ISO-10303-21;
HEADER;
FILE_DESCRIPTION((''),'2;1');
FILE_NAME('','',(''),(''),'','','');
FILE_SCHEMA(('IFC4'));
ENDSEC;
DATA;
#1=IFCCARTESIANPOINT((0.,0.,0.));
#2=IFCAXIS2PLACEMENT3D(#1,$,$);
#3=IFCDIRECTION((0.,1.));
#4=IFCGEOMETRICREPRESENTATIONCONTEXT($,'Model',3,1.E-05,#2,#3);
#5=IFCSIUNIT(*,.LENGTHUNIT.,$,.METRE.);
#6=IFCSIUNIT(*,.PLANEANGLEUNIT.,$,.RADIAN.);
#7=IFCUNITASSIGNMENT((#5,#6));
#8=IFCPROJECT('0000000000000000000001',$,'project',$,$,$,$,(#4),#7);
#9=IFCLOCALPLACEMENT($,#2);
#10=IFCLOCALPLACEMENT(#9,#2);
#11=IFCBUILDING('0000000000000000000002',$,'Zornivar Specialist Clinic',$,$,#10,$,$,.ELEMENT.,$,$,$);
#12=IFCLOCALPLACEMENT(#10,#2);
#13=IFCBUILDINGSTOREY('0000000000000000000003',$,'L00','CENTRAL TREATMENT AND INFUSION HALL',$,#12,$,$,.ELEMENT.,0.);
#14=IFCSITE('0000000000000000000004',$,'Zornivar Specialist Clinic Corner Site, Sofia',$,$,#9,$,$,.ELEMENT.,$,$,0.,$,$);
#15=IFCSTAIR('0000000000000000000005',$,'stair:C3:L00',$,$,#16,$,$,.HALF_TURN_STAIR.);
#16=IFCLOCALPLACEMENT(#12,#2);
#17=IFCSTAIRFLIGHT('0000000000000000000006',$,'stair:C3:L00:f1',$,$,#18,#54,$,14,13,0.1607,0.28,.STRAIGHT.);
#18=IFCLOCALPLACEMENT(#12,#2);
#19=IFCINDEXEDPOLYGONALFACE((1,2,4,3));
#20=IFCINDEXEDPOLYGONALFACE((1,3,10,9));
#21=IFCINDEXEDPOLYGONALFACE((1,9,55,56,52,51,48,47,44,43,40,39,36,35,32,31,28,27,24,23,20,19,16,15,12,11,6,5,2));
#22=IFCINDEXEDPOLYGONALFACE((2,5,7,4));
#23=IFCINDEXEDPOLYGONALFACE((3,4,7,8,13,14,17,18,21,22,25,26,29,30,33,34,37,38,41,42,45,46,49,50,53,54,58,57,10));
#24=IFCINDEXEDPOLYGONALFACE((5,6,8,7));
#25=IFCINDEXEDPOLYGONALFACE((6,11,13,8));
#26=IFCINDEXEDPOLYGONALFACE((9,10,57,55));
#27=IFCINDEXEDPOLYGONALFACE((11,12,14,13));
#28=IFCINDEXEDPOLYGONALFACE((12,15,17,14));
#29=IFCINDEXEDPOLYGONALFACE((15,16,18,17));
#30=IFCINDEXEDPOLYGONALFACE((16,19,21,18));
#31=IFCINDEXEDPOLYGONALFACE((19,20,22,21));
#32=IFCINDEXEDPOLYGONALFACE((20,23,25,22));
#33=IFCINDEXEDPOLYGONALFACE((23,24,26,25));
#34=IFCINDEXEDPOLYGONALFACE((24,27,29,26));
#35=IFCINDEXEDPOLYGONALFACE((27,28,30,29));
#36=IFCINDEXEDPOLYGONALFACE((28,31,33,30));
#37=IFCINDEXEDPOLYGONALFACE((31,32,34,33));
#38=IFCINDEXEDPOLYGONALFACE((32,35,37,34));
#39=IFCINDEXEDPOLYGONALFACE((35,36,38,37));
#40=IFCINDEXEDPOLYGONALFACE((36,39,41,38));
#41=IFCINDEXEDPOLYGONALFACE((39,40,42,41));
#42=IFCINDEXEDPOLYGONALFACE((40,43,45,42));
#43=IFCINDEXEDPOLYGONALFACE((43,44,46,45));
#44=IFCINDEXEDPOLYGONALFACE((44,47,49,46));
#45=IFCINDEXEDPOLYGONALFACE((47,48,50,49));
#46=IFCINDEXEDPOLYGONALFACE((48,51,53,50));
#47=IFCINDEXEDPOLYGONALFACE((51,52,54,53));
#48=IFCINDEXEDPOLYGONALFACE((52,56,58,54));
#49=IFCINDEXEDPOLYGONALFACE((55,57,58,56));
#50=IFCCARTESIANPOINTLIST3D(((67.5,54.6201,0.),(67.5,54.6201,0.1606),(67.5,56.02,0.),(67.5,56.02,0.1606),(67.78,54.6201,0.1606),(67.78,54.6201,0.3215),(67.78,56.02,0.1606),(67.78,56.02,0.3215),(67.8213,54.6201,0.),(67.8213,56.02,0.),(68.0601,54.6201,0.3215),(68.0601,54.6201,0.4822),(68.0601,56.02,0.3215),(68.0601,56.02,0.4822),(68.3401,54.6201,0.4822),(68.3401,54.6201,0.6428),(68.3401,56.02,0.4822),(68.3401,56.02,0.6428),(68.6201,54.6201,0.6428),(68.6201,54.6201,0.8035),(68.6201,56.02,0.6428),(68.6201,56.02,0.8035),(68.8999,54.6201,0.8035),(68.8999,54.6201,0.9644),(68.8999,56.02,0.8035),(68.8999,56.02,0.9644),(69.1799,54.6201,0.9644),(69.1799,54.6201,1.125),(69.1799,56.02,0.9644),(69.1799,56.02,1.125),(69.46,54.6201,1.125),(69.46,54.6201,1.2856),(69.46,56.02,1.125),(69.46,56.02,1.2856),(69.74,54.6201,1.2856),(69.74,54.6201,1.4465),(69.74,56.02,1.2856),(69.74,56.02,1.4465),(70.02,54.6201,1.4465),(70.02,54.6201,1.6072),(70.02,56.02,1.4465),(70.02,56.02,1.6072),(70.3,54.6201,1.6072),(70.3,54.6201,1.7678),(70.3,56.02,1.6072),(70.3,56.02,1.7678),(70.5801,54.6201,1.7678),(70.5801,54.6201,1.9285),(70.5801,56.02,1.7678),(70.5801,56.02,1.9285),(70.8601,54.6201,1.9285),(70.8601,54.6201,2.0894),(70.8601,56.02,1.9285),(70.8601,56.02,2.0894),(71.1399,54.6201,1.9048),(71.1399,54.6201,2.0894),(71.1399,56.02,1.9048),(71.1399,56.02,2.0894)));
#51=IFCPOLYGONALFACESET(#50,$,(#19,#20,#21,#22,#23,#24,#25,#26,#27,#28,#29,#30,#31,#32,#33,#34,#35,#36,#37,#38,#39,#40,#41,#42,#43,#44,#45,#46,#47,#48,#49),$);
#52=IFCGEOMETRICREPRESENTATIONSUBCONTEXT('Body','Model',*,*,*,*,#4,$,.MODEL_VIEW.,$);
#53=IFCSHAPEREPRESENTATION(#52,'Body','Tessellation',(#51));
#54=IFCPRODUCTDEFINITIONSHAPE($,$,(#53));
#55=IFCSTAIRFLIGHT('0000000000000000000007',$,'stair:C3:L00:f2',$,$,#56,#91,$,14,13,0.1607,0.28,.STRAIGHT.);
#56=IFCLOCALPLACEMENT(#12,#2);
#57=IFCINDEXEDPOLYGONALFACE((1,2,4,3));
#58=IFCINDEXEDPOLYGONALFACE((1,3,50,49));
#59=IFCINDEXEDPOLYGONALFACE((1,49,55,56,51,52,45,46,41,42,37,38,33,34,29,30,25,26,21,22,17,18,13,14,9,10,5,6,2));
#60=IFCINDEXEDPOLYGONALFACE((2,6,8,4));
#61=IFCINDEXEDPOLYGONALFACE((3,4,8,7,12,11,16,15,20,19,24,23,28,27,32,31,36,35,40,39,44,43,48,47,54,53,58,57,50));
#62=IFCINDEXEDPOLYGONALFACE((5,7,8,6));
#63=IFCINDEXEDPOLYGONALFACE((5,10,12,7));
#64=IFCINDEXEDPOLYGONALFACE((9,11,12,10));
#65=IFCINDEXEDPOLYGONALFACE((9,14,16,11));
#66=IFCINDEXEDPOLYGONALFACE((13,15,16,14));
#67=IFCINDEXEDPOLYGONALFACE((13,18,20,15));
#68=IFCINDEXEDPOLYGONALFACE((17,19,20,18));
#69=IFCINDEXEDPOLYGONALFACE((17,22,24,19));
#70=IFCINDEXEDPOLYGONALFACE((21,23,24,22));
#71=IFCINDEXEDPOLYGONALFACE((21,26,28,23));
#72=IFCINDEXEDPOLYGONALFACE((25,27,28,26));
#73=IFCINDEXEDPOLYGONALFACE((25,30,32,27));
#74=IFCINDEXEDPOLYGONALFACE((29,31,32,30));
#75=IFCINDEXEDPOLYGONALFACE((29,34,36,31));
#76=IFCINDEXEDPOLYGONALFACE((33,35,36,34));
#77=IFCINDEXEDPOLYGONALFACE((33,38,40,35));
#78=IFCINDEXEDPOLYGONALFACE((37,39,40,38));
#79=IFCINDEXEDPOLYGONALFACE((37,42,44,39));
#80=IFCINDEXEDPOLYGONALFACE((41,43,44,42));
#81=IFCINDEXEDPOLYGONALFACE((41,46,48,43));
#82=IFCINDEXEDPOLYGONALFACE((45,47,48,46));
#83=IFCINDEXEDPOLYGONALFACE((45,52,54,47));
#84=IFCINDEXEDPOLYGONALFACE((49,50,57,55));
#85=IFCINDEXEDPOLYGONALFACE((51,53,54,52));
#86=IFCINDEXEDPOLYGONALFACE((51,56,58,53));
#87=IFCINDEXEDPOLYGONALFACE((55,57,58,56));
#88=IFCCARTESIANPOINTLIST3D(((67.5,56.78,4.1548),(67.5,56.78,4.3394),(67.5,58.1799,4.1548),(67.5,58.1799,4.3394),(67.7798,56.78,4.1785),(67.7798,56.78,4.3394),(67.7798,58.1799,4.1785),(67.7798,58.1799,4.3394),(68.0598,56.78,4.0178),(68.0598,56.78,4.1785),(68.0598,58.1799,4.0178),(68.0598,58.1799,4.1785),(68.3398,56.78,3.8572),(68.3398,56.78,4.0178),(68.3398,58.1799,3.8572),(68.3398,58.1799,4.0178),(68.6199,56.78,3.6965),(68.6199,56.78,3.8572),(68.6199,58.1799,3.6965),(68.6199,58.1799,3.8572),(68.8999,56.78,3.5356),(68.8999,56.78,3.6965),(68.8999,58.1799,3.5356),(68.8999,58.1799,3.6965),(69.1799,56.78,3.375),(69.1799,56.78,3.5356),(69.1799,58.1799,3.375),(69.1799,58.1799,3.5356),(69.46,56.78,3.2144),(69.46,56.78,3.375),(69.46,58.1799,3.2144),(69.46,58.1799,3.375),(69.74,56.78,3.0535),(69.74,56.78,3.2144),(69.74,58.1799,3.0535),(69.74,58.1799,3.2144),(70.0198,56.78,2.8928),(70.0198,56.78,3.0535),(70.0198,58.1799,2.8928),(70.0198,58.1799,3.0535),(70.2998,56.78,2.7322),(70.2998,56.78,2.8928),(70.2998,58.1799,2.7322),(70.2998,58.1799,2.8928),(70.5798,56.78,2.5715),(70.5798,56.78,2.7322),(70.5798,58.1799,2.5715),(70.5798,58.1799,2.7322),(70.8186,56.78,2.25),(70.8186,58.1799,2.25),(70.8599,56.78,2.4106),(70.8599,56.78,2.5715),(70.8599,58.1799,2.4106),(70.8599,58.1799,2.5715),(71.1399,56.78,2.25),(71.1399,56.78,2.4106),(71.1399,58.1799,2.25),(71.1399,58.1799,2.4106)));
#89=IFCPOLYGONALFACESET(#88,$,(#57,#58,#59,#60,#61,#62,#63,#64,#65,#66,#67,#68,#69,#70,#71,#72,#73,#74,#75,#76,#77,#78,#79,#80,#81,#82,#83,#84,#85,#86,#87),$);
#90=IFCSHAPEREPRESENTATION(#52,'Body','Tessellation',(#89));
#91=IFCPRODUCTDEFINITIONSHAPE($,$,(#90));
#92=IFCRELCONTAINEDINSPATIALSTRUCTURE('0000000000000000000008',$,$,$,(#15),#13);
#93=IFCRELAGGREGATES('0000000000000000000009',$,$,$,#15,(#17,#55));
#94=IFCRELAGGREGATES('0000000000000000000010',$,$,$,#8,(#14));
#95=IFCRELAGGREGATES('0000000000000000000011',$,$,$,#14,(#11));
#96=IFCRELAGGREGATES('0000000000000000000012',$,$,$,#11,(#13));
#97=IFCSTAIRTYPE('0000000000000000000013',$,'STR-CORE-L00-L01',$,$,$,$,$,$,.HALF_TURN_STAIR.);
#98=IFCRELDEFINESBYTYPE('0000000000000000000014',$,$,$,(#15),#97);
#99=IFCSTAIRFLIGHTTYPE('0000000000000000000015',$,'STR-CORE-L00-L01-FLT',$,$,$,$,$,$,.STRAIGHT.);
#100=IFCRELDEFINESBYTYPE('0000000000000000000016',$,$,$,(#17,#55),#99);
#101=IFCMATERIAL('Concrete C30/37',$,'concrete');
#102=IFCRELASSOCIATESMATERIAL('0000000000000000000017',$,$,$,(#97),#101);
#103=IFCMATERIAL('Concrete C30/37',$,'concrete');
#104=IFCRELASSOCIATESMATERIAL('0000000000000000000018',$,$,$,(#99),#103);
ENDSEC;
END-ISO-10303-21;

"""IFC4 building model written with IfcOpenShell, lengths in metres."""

from ifc_helpers import new_model, si_unit, direction, frame, origin, place, context, subcontext, project, spatial, polyline, outline, extrude, material, type_object, element, aggregate, save


model = new_model("IFC4")

# Units and contexts
model_context = context("Model", 3, precision=1e-05, world=origin(), true_north=direction((0.0, 1.0)))
body_context = subcontext(model_context, "Body", "Model", "MODEL_VIEW")
ifc_project = project(units=[si_unit("LENGTHUNIT", "METRE"), si_unit("PLANEANGLEUNIT", "RADIAN")], contexts=[model_context])

# Site, building, storey
site_placement = place(None, origin())
site = spatial("IfcSite", under=ifc_project, at=site_placement, Name="Zornivar Specialist Clinic Corner Site, Sofia", CompositionType="ELEMENT", RefElevation=0.0)
building_placement = place(site_placement, origin())
building = spatial("IfcBuilding", under=site, at=building_placement, Name="Zornivar Specialist Clinic", CompositionType="ELEMENT")
storey_placement = place(building_placement, origin())
storey = spatial("IfcBuildingStorey", under=building, at=storey_placement, Name="L00", Description="CENTRAL TREATMENT AND INFUSION HALL", CompositionType="ELEMENT", Elevation=0.0)

# Stair, stair flights
ifc_material_1 = material(Name="Concrete C30/37", Category="concrete")
stair_type = type_object("IfcStairType", Name="STR-CORE-L00-L01", PredefinedType="HALF_TURN_STAIR", material=ifc_material_1)
stair_placement = place(storey_placement, origin())
stair = element("IfcStair", 1, at=stair_placement, inside=storey, type_object=stair_type, Name="stair:C3:L00", PredefinedType="HALF_TURN_STAIR")
ifc_material_2 = material(Name="Concrete C30/37", Category="concrete")
stair_flight_type = type_object("IfcStairFlightType", Name="STR-CORE-L00-L01-FLT", PredefinedType="STRAIGHT", material=ifc_material_2)
stair_flight_1_placement = place(storey_placement, frame((67.5, 55.3201, 0.0), z_axis=(0.0, 0.0, 1.0), x_axis=(1.0, 0.0, 0.0)))
stair_flight_1 = element("IfcStairFlight", 2, at=stair_flight_1_placement, type_object=stair_flight_type, Name="stair:C3:L00:f1", NumberOfRisers=14, NumberOfTreads=13, PredefinedType="STRAIGHT", RiserHeight=0.1607, TreadLength=0.28, context=body_context, shape_type="SweptSolid", body=[
    extrude(outline(polyline([(0.0, 0.0), (0.0, 0.1606), (0.28, 0.1606), (0.28, 0.3215), (0.5601, 0.3215), (0.5601, 0.4822), (0.8401, 0.4822), (0.8401, 0.6428), (1.1201, 0.6428), (1.1201, 0.8035), (1.3999, 0.8035), (1.3999, 0.9644), (1.6799, 0.9644), (1.6799, 1.125), (1.96, 1.125), (1.96, 1.2856), (2.24, 1.2856), (2.24, 1.4465), (2.52, 1.4465), (2.52, 1.6072), (2.8, 1.6072), (2.8, 1.7678), (3.0801, 1.7678), (3.0801, 1.9285), (3.3601, 1.9285), (3.3601, 2.0894), (3.6399, 2.0894), (3.6399, 2.25), (3.6399, 1.9048), (0.3213, 0.0), (0.0, 0.0)])), frame((0.0, 0.7, 0.0), z_axis=(0.0, -1.0, 0.0), x_axis=(1.0, 0.0, 0.0)), (0.0, 0.0, 1.0), 1.3999),
])
stair_flight_2_placement = place(storey_placement, frame((71.1399, 57.48, 2.25), z_axis=(0.0, 0.0, 1.0), x_axis=(-1.0, 0.0, 0.0)))
stair_flight_2 = element("IfcStairFlight", 3, at=stair_flight_2_placement, type_object=stair_flight_type, Name="stair:C3:L00:f2", NumberOfRisers=14, NumberOfTreads=13, PredefinedType="STRAIGHT", RiserHeight=0.1607, TreadLength=0.28, context=body_context, shape_type="SweptSolid", body=[
    extrude(outline(polyline([(0.0, 0.0), (0.0, 0.1606), (0.28, 0.1606), (0.28, 0.3215), (0.5601, 0.3215), (0.5601, 0.4822), (0.8401, 0.4822), (0.8401, 0.6428), (1.1201, 0.6428), (1.1201, 0.8035), (1.3999, 0.8035), (1.3999, 0.9644), (1.6799, 0.9644), (1.6799, 1.125), (1.96, 1.125), (1.96, 1.2856), (2.24, 1.2856), (2.24, 1.4465), (2.52, 1.4465), (2.52, 1.6072), (2.8, 1.6072), (2.8, 1.7678), (3.0801, 1.7678), (3.0801, 1.9285), (3.3601, 1.9285), (3.3601, 2.0894), (3.6399, 2.0894), (3.6399, 2.25), (3.6399, 1.9048), (0.3213, 0.0), (0.0, 0.0)])), frame((0.0, 0.7, 0.0), z_axis=(0.0, -1.0, 0.0), x_axis=(1.0, 0.0, 0.0)), (0.0, 0.0, 1.0), 1.3999),
])
aggregate(stair, [stair_flight_1, stair_flight_2])

save(model, "model.ifc")
